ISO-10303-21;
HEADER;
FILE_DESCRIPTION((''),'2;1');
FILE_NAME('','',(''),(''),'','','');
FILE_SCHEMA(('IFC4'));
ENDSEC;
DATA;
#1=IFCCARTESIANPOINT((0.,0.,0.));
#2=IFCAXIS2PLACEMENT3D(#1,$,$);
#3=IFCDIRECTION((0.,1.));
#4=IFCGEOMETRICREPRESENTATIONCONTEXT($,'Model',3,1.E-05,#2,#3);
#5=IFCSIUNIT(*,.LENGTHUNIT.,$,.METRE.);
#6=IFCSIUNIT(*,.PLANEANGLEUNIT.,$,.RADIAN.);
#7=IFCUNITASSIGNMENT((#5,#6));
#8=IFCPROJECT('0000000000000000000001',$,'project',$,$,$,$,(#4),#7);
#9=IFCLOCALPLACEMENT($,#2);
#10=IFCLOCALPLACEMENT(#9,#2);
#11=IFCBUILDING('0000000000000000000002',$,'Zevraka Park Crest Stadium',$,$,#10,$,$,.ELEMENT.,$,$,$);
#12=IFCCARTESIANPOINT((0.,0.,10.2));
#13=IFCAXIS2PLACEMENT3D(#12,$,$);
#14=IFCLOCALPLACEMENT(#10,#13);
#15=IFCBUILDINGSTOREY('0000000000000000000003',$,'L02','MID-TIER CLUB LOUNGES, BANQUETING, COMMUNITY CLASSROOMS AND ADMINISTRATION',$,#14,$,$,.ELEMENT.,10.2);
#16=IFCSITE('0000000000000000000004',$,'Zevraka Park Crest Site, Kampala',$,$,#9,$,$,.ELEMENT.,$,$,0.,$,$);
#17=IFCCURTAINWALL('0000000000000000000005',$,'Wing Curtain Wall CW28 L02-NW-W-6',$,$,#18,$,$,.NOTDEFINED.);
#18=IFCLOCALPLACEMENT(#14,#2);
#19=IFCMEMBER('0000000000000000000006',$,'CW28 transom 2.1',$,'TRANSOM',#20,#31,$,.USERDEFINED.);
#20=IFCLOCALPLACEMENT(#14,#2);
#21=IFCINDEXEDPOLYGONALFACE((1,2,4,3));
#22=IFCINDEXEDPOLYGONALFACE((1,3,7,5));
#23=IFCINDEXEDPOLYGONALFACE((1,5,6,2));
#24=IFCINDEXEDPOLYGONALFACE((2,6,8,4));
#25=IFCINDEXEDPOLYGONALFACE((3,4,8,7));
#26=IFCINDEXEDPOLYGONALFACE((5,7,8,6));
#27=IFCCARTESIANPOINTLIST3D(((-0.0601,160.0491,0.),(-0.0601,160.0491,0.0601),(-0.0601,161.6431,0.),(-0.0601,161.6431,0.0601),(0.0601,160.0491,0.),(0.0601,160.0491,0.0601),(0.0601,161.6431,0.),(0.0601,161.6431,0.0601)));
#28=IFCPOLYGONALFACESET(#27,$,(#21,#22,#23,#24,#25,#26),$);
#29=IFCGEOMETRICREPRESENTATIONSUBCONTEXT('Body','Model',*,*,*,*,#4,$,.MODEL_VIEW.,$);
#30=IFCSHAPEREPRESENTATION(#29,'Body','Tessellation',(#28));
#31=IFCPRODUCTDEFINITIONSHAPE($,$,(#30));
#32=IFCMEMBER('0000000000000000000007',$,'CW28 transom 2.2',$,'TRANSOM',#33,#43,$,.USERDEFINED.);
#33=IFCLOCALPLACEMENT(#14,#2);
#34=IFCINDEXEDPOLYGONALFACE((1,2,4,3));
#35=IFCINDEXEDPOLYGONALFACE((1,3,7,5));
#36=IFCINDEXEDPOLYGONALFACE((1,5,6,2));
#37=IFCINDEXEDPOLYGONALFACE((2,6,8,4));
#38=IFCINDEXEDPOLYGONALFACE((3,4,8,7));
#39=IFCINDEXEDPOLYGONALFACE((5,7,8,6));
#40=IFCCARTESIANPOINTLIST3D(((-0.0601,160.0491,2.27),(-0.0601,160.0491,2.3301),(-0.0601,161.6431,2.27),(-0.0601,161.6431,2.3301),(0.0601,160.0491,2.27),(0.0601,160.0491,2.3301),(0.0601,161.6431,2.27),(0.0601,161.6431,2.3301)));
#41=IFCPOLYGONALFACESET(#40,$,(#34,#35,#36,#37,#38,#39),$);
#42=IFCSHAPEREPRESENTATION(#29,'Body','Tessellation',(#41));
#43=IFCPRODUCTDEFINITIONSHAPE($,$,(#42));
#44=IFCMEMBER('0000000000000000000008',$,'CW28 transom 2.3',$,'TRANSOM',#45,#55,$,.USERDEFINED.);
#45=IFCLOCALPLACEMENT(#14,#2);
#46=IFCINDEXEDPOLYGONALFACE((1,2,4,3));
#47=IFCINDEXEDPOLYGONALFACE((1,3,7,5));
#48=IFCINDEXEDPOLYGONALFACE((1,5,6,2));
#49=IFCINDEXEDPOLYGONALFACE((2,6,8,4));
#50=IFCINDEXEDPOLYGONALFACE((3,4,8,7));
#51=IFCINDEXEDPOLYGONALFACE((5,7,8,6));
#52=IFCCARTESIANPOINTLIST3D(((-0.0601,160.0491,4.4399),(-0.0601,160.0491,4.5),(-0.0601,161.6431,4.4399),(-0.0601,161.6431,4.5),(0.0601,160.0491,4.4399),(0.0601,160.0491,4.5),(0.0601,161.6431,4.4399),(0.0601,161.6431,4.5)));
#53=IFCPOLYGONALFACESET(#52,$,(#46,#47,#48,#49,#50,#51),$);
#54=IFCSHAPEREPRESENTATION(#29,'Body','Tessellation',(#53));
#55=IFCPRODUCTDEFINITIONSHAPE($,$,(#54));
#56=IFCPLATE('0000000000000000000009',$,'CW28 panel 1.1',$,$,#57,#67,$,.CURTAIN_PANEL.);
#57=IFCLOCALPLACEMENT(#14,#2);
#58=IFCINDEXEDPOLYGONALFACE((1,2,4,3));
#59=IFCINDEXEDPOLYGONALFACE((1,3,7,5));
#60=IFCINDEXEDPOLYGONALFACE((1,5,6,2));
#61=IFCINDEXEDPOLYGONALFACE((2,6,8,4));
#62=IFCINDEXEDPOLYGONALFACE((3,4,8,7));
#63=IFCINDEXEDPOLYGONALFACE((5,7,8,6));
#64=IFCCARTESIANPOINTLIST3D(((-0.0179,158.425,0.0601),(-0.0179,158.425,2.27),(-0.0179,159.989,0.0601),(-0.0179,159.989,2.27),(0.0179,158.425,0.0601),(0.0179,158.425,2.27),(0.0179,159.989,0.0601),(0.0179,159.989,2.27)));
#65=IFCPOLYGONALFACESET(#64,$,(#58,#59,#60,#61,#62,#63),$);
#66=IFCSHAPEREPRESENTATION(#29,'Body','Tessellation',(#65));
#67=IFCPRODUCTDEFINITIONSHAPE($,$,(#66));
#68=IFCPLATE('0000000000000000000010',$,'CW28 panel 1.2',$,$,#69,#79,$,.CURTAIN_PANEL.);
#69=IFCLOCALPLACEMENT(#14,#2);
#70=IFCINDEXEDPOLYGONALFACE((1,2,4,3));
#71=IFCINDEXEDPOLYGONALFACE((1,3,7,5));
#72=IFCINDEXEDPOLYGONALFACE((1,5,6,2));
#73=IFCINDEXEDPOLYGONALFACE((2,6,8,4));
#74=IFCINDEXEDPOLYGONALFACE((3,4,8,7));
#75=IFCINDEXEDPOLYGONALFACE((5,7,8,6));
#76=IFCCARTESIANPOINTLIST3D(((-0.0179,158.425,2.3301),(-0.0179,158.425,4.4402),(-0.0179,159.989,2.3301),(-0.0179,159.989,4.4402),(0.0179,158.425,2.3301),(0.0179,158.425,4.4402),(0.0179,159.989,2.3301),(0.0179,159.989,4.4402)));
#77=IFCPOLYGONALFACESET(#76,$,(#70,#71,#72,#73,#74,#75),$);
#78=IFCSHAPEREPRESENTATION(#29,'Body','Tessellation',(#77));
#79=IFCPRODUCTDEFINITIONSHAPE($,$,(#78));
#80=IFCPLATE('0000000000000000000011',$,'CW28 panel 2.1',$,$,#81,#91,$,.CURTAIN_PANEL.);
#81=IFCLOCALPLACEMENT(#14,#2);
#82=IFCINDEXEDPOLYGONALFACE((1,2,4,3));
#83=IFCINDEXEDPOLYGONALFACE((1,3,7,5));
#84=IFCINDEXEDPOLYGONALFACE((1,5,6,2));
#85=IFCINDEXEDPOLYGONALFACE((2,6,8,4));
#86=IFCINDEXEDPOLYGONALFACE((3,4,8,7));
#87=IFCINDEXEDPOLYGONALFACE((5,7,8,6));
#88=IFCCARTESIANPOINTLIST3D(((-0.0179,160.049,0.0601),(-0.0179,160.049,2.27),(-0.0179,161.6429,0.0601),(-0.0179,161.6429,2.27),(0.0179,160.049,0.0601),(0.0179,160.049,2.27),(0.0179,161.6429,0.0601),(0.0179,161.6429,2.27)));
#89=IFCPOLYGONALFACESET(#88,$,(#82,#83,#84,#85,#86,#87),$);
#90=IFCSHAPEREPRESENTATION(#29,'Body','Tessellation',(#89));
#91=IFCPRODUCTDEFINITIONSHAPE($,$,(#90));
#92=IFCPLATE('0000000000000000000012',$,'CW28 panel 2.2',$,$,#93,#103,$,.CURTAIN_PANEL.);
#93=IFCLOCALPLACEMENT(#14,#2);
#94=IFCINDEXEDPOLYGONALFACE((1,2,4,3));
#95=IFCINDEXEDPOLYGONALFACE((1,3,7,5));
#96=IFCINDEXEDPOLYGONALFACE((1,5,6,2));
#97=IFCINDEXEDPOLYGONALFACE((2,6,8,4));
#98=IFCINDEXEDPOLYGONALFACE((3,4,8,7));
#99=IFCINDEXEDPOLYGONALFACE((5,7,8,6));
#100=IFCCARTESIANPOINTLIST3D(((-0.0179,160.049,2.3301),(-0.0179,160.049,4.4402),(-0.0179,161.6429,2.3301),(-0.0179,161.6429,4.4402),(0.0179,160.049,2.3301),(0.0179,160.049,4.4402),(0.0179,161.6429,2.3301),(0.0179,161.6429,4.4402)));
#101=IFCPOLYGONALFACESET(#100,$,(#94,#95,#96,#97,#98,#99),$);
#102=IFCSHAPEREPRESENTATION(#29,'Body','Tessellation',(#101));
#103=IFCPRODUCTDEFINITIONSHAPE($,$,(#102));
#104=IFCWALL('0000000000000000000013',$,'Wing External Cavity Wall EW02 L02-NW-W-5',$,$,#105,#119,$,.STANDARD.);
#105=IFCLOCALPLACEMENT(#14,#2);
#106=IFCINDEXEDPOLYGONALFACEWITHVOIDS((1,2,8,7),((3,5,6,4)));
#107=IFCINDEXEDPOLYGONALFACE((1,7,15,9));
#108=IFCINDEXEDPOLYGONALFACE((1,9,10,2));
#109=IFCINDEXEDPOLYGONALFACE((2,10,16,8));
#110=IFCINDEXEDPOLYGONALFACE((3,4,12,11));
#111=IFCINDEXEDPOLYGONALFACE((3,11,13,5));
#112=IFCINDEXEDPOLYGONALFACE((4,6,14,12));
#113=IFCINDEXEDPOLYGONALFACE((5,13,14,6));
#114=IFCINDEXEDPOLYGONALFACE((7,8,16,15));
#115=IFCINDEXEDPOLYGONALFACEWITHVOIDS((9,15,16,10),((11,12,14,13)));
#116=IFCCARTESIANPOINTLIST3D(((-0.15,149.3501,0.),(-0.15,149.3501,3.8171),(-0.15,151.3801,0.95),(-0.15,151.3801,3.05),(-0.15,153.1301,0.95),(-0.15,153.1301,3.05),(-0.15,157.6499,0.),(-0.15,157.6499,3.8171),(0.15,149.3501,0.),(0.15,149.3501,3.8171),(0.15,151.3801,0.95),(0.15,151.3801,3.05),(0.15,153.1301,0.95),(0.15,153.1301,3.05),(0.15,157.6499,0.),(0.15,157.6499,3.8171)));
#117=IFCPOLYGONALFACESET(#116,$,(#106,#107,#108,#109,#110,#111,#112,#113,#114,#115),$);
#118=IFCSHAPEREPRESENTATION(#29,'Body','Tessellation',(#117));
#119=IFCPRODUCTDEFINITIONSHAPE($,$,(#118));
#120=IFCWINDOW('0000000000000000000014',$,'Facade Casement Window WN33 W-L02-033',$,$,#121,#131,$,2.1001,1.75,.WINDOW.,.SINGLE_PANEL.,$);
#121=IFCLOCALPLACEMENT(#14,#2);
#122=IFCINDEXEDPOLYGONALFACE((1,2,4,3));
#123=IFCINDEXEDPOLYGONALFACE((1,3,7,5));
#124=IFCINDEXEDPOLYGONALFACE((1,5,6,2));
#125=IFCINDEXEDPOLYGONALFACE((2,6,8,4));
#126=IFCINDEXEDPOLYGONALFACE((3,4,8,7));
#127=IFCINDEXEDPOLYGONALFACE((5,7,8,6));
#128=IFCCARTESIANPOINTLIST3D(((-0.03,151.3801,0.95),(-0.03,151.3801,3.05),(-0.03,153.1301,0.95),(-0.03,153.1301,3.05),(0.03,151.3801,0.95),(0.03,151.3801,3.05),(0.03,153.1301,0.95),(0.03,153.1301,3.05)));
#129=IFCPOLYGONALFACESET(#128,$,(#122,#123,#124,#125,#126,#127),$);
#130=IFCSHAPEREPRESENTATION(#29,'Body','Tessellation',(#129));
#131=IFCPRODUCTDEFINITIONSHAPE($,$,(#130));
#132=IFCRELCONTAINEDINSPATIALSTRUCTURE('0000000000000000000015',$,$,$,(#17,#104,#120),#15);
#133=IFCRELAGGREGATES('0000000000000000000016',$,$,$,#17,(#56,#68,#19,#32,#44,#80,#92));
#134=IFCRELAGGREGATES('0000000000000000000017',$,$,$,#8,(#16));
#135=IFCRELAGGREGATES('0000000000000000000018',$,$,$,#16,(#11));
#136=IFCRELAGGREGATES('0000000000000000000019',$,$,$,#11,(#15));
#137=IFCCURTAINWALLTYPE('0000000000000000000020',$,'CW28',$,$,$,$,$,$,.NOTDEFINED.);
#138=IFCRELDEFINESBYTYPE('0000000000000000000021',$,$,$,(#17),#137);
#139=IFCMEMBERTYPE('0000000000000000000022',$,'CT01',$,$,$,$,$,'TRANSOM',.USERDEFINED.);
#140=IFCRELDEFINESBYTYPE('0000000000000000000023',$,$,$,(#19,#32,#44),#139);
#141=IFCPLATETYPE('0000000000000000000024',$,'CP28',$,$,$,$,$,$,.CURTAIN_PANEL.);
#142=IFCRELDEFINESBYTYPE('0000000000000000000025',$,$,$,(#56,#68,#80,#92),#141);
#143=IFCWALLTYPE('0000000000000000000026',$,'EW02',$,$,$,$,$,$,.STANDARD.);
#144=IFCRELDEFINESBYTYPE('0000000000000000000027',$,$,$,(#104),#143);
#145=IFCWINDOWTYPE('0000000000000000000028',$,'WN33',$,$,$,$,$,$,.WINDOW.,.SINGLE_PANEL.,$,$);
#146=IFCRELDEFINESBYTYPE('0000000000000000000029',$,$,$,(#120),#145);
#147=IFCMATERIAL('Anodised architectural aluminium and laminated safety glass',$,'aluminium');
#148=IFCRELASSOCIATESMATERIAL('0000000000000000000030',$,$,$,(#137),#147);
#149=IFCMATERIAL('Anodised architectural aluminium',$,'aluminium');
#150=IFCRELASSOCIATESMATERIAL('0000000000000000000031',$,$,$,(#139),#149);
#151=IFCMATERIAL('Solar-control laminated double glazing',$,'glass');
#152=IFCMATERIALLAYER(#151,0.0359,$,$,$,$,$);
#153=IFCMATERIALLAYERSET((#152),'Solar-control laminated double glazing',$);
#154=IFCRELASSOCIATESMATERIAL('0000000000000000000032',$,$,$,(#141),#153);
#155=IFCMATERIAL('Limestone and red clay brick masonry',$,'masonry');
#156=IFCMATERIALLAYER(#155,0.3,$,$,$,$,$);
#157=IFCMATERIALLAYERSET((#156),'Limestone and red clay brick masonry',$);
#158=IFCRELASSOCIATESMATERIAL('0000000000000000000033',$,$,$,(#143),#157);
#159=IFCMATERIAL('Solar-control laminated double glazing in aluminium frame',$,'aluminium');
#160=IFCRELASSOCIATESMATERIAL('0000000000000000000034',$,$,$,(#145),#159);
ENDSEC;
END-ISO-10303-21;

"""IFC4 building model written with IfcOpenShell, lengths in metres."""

from ifc_helpers import new_model, si_unit, direction, frame, frame_2d, origin, origin_2d, place, context, subcontext, project, spatial, rectangle, extrude, material, layer, layer_set, material_profile, profile_set, type_object, element, fill, aggregate, save


model = new_model("IFC4")

# Units and contexts
model_context = context("Model", 3, precision=1e-05, world=origin(), true_north=direction((0.0, 1.0)))
body_context = subcontext(model_context, "Body", "Model", "MODEL_VIEW")
ifc_project = project(units=[si_unit("LENGTHUNIT", "METRE"), si_unit("PLANEANGLEUNIT", "RADIAN")], contexts=[model_context])

# Site, building, storey
site_placement = place(None, origin())
site = spatial("IfcSite", under=ifc_project, at=site_placement, Name="Zevraka Park Crest Site, Kampala", CompositionType="ELEMENT", RefElevation=0.0)
building_placement = place(site_placement, origin())
building = spatial("IfcBuilding", under=site, at=building_placement, Name="Zevraka Park Crest Stadium", CompositionType="ELEMENT")
storey_placement = place(building_placement, frame((0.0, 0.0, 10.2)))
storey = spatial("IfcBuildingStorey", under=building, at=storey_placement, Name="L02", Description="MID-TIER CLUB LOUNGES, BANQUETING, COMMUNITY CLASSROOMS AND ADMINISTRATION", CompositionType="ELEMENT", Elevation=10.2)

# Curtain wall, members, plates
ifc_material_1 = material(Name="Anodised architectural aluminium and laminated safety glass", Category="aluminium")
curtain_wall_type = type_object("IfcCurtainWallType", Name="CW28", PredefinedType="NOTDEFINED", material=ifc_material_1)
curtain_wall_placement = place(storey_placement, origin())
curtain_wall = element("IfcCurtainWall", 1, at=curtain_wall_placement, inside=storey, type_object=curtain_wall_type, Name="Wing Curtain Wall CW28 L02-NW-W-6", PredefinedType="NOTDEFINED")
ifc_material_2 = material(Name="Anodised architectural aluminium", Category="aluminium")
ifc_material_profile_1 = material_profile(ifc_material_2, rectangle(XDim=0.1201, YDim=0.0601, at=origin_2d()), Name="ALU TRANSOM 120x60")
ifc_profile_set_1 = profile_set([ifc_material_profile_1], Name="Anodised architectural aluminium")
member_type_1 = type_object("IfcMemberType", Name="CT01", ElementType="TRANSOM", PredefinedType="USERDEFINED", material=ifc_profile_set_1)
member_1_placement = place(storey_placement, frame((0.0, 160.0491, 0.03), z_axis=(0.0, 1.0, 0.0), x_axis=(-1.0, 0.0, 0.0)))
member_1 = element("IfcMember", 2, at=member_1_placement, type_object=member_type_1, Name="CW28 transom 2.1", ObjectType="TRANSOM", PredefinedType="USERDEFINED", context=body_context, shape_type="SweptSolid", body=[
    extrude(rectangle(XDim=0.1201, YDim=0.0601, at=origin_2d()), origin(), (0.0, 0.0, 1.0), 1.594),
])
member_2_placement = place(storey_placement, frame((0.0, 160.0491, 2.3), z_axis=(0.0, 1.0, 0.0), x_axis=(-1.0, 0.0, 0.0)))
member_2 = element("IfcMember", 3, at=member_2_placement, type_object=member_type_1, Name="CW28 transom 2.2", ObjectType="TRANSOM", PredefinedType="USERDEFINED", context=body_context, shape_type="SweptSolid", body=[
    extrude(rectangle(XDim=0.1201, YDim=0.0601, at=origin_2d()), origin(), (0.0, 0.0, 1.0), 1.594),
])
member_3_placement = place(storey_placement, frame((0.0, 160.0491, 4.47), z_axis=(0.0, 1.0, 0.0), x_axis=(-1.0, 0.0, 0.0)))
member_3 = element("IfcMember", 4, at=member_3_placement, type_object=member_type_1, Name="CW28 transom 2.3", ObjectType="TRANSOM", PredefinedType="USERDEFINED", context=body_context, shape_type="SweptSolid", body=[
    extrude(rectangle(XDim=0.1201, YDim=0.0601, at=origin_2d()), origin(), (0.0, 0.0, 1.0), 1.594),
])
ifc_material_3 = material(Name="Solar-control laminated double glazing", Category="glass")
ifc_layer_1 = layer(ifc_material_3, 0.0359)
ifc_layer_set_1 = layer_set([ifc_layer_1], Name="Solar-control laminated double glazing")
plate_type = type_object("IfcPlateType", Name="CP28", PredefinedType="CURTAIN_PANEL", material=ifc_layer_set_1)
plate_1_placement = place(storey_placement, frame((0.0, 159.207, 0.0601), z_axis=(0.0, 0.0, 1.0), x_axis=(0.0, 1.0, 0.0)))
plate_1 = element("IfcPlate", 5, at=plate_1_placement, type_object=plate_type, Name="CW28 panel 1.1", PredefinedType="CURTAIN_PANEL", context=body_context, shape_type="SweptSolid", body=[
    extrude(rectangle(XDim=1.564, YDim=0.0359, at=origin_2d()), origin(), (0.0, 0.0, 1.0), 2.21),
])
plate_2_placement = place(storey_placement, frame((0.0, 159.207, 2.3301), z_axis=(0.0, 0.0, 1.0), x_axis=(0.0, 1.0, 0.0)))
plate_2 = element("IfcPlate", 6, at=plate_2_placement, type_object=plate_type, Name="CW28 panel 1.2", PredefinedType="CURTAIN_PANEL", context=body_context, shape_type="SweptSolid", body=[
    extrude(rectangle(XDim=1.564, YDim=0.0359, at=origin_2d()), origin(), (0.0, 0.0, 1.0), 2.1101),
])
plate_3_placement = place(storey_placement, frame((0.0, 160.8459, 0.0601), z_axis=(0.0, 0.0, 1.0), x_axis=(0.0, 1.0, 0.0)))
plate_3 = element("IfcPlate", 7, at=plate_3_placement, type_object=plate_type, Name="CW28 panel 2.1", PredefinedType="CURTAIN_PANEL", context=body_context, shape_type="SweptSolid", body=[
    extrude(rectangle(XDim=1.594, YDim=0.0359, at=origin_2d()), origin(), (0.0, 0.0, 1.0), 2.21),
])
plate_4_placement = place(storey_placement, frame((0.0, 160.8459, 2.3301), z_axis=(0.0, 0.0, 1.0), x_axis=(0.0, 1.0, 0.0)))
plate_4 = element("IfcPlate", 8, at=plate_4_placement, type_object=plate_type, Name="CW28 panel 2.2", PredefinedType="CURTAIN_PANEL", context=body_context, shape_type="SweptSolid", body=[
    extrude(rectangle(XDim=1.594, YDim=0.0359, at=origin_2d()), origin(), (0.0, 0.0, 1.0), 2.1101),
])
aggregate(curtain_wall, [plate_1, plate_2, member_1, member_2, member_3, plate_3, plate_4])

# Wall, opening, window
ifc_material_4 = material(Name="Limestone and red clay brick masonry", Category="masonry")
ifc_layer_2 = layer(ifc_material_4, 0.3)
ifc_layer_set_2 = layer_set([ifc_layer_2], Name="Limestone and red clay brick masonry")
wall_type = type_object("IfcWallType", Name="EW02", PredefinedType="STANDARD", material=ifc_layer_set_2)
wall_placement = place(storey_placement, frame((0.0, 149.3501, 0.0), z_axis=(0.0, 0.0, 1.0), x_axis=(0.0, 1.0, 0.0)))
wall = element("IfcWall", 9, at=wall_placement, inside=storey, type_object=wall_type, Name="Wing External Cavity Wall EW02 L02-NW-W-5", PredefinedType="STANDARD", context=body_context, shape_type="SweptSolid", body=[
    extrude(rectangle(XDim=8.2998, YDim=0.3, at=frame_2d((4.1499, 0.0))), origin(), (0.0, 0.0, 1.0), 3.8171),
])
opening_placement = place(wall_placement, frame((2.03, 0.0, 0.95)))
opening = element("IfcOpeningElement", 10, at=opening_placement, cuts=wall, PredefinedType="OPENING", context=body_context, shape_type="SweptSolid", body=[
    extrude(rectangle(XDim=1.75, YDim=2.1001, at=frame_2d((0.875, 1.05))), frame((0.0, 0.1599, 0.0), z_axis=(0.0, -1.0, 0.0), x_axis=(1.0, 0.0, 0.0)), (0.0, 0.0, 1.0), 0.3201),
])
ifc_material_5 = material(Name="Solar-control laminated double glazing in aluminium frame", Category="aluminium")
window_type = type_object("IfcWindowType", Name="WN33", PartitioningType="SINGLE_PANEL", PredefinedType="WINDOW", material=ifc_material_5)
window_placement = place(opening_placement, origin())
window = element("IfcWindow", 11, at=window_placement, inside=storey, type_object=window_type, Name="Facade Casement Window WN33 W-L02-033", OverallHeight=2.1001, OverallWidth=1.75, PartitioningType="SINGLE_PANEL", PredefinedType="WINDOW", context=body_context, shape_type="SweptSolid", body=[
    extrude(rectangle(XDim=1.75, YDim=2.1001, at=frame_2d((0.875, 1.05))), frame((0.0, 0.03, 0.0), z_axis=(0.0, -1.0, 0.0), x_axis=(1.0, 0.0, 0.0)), (0.0, 0.0, 1.0), 0.0601),
])
fill(opening, window)

save(model, "model.ifc")
